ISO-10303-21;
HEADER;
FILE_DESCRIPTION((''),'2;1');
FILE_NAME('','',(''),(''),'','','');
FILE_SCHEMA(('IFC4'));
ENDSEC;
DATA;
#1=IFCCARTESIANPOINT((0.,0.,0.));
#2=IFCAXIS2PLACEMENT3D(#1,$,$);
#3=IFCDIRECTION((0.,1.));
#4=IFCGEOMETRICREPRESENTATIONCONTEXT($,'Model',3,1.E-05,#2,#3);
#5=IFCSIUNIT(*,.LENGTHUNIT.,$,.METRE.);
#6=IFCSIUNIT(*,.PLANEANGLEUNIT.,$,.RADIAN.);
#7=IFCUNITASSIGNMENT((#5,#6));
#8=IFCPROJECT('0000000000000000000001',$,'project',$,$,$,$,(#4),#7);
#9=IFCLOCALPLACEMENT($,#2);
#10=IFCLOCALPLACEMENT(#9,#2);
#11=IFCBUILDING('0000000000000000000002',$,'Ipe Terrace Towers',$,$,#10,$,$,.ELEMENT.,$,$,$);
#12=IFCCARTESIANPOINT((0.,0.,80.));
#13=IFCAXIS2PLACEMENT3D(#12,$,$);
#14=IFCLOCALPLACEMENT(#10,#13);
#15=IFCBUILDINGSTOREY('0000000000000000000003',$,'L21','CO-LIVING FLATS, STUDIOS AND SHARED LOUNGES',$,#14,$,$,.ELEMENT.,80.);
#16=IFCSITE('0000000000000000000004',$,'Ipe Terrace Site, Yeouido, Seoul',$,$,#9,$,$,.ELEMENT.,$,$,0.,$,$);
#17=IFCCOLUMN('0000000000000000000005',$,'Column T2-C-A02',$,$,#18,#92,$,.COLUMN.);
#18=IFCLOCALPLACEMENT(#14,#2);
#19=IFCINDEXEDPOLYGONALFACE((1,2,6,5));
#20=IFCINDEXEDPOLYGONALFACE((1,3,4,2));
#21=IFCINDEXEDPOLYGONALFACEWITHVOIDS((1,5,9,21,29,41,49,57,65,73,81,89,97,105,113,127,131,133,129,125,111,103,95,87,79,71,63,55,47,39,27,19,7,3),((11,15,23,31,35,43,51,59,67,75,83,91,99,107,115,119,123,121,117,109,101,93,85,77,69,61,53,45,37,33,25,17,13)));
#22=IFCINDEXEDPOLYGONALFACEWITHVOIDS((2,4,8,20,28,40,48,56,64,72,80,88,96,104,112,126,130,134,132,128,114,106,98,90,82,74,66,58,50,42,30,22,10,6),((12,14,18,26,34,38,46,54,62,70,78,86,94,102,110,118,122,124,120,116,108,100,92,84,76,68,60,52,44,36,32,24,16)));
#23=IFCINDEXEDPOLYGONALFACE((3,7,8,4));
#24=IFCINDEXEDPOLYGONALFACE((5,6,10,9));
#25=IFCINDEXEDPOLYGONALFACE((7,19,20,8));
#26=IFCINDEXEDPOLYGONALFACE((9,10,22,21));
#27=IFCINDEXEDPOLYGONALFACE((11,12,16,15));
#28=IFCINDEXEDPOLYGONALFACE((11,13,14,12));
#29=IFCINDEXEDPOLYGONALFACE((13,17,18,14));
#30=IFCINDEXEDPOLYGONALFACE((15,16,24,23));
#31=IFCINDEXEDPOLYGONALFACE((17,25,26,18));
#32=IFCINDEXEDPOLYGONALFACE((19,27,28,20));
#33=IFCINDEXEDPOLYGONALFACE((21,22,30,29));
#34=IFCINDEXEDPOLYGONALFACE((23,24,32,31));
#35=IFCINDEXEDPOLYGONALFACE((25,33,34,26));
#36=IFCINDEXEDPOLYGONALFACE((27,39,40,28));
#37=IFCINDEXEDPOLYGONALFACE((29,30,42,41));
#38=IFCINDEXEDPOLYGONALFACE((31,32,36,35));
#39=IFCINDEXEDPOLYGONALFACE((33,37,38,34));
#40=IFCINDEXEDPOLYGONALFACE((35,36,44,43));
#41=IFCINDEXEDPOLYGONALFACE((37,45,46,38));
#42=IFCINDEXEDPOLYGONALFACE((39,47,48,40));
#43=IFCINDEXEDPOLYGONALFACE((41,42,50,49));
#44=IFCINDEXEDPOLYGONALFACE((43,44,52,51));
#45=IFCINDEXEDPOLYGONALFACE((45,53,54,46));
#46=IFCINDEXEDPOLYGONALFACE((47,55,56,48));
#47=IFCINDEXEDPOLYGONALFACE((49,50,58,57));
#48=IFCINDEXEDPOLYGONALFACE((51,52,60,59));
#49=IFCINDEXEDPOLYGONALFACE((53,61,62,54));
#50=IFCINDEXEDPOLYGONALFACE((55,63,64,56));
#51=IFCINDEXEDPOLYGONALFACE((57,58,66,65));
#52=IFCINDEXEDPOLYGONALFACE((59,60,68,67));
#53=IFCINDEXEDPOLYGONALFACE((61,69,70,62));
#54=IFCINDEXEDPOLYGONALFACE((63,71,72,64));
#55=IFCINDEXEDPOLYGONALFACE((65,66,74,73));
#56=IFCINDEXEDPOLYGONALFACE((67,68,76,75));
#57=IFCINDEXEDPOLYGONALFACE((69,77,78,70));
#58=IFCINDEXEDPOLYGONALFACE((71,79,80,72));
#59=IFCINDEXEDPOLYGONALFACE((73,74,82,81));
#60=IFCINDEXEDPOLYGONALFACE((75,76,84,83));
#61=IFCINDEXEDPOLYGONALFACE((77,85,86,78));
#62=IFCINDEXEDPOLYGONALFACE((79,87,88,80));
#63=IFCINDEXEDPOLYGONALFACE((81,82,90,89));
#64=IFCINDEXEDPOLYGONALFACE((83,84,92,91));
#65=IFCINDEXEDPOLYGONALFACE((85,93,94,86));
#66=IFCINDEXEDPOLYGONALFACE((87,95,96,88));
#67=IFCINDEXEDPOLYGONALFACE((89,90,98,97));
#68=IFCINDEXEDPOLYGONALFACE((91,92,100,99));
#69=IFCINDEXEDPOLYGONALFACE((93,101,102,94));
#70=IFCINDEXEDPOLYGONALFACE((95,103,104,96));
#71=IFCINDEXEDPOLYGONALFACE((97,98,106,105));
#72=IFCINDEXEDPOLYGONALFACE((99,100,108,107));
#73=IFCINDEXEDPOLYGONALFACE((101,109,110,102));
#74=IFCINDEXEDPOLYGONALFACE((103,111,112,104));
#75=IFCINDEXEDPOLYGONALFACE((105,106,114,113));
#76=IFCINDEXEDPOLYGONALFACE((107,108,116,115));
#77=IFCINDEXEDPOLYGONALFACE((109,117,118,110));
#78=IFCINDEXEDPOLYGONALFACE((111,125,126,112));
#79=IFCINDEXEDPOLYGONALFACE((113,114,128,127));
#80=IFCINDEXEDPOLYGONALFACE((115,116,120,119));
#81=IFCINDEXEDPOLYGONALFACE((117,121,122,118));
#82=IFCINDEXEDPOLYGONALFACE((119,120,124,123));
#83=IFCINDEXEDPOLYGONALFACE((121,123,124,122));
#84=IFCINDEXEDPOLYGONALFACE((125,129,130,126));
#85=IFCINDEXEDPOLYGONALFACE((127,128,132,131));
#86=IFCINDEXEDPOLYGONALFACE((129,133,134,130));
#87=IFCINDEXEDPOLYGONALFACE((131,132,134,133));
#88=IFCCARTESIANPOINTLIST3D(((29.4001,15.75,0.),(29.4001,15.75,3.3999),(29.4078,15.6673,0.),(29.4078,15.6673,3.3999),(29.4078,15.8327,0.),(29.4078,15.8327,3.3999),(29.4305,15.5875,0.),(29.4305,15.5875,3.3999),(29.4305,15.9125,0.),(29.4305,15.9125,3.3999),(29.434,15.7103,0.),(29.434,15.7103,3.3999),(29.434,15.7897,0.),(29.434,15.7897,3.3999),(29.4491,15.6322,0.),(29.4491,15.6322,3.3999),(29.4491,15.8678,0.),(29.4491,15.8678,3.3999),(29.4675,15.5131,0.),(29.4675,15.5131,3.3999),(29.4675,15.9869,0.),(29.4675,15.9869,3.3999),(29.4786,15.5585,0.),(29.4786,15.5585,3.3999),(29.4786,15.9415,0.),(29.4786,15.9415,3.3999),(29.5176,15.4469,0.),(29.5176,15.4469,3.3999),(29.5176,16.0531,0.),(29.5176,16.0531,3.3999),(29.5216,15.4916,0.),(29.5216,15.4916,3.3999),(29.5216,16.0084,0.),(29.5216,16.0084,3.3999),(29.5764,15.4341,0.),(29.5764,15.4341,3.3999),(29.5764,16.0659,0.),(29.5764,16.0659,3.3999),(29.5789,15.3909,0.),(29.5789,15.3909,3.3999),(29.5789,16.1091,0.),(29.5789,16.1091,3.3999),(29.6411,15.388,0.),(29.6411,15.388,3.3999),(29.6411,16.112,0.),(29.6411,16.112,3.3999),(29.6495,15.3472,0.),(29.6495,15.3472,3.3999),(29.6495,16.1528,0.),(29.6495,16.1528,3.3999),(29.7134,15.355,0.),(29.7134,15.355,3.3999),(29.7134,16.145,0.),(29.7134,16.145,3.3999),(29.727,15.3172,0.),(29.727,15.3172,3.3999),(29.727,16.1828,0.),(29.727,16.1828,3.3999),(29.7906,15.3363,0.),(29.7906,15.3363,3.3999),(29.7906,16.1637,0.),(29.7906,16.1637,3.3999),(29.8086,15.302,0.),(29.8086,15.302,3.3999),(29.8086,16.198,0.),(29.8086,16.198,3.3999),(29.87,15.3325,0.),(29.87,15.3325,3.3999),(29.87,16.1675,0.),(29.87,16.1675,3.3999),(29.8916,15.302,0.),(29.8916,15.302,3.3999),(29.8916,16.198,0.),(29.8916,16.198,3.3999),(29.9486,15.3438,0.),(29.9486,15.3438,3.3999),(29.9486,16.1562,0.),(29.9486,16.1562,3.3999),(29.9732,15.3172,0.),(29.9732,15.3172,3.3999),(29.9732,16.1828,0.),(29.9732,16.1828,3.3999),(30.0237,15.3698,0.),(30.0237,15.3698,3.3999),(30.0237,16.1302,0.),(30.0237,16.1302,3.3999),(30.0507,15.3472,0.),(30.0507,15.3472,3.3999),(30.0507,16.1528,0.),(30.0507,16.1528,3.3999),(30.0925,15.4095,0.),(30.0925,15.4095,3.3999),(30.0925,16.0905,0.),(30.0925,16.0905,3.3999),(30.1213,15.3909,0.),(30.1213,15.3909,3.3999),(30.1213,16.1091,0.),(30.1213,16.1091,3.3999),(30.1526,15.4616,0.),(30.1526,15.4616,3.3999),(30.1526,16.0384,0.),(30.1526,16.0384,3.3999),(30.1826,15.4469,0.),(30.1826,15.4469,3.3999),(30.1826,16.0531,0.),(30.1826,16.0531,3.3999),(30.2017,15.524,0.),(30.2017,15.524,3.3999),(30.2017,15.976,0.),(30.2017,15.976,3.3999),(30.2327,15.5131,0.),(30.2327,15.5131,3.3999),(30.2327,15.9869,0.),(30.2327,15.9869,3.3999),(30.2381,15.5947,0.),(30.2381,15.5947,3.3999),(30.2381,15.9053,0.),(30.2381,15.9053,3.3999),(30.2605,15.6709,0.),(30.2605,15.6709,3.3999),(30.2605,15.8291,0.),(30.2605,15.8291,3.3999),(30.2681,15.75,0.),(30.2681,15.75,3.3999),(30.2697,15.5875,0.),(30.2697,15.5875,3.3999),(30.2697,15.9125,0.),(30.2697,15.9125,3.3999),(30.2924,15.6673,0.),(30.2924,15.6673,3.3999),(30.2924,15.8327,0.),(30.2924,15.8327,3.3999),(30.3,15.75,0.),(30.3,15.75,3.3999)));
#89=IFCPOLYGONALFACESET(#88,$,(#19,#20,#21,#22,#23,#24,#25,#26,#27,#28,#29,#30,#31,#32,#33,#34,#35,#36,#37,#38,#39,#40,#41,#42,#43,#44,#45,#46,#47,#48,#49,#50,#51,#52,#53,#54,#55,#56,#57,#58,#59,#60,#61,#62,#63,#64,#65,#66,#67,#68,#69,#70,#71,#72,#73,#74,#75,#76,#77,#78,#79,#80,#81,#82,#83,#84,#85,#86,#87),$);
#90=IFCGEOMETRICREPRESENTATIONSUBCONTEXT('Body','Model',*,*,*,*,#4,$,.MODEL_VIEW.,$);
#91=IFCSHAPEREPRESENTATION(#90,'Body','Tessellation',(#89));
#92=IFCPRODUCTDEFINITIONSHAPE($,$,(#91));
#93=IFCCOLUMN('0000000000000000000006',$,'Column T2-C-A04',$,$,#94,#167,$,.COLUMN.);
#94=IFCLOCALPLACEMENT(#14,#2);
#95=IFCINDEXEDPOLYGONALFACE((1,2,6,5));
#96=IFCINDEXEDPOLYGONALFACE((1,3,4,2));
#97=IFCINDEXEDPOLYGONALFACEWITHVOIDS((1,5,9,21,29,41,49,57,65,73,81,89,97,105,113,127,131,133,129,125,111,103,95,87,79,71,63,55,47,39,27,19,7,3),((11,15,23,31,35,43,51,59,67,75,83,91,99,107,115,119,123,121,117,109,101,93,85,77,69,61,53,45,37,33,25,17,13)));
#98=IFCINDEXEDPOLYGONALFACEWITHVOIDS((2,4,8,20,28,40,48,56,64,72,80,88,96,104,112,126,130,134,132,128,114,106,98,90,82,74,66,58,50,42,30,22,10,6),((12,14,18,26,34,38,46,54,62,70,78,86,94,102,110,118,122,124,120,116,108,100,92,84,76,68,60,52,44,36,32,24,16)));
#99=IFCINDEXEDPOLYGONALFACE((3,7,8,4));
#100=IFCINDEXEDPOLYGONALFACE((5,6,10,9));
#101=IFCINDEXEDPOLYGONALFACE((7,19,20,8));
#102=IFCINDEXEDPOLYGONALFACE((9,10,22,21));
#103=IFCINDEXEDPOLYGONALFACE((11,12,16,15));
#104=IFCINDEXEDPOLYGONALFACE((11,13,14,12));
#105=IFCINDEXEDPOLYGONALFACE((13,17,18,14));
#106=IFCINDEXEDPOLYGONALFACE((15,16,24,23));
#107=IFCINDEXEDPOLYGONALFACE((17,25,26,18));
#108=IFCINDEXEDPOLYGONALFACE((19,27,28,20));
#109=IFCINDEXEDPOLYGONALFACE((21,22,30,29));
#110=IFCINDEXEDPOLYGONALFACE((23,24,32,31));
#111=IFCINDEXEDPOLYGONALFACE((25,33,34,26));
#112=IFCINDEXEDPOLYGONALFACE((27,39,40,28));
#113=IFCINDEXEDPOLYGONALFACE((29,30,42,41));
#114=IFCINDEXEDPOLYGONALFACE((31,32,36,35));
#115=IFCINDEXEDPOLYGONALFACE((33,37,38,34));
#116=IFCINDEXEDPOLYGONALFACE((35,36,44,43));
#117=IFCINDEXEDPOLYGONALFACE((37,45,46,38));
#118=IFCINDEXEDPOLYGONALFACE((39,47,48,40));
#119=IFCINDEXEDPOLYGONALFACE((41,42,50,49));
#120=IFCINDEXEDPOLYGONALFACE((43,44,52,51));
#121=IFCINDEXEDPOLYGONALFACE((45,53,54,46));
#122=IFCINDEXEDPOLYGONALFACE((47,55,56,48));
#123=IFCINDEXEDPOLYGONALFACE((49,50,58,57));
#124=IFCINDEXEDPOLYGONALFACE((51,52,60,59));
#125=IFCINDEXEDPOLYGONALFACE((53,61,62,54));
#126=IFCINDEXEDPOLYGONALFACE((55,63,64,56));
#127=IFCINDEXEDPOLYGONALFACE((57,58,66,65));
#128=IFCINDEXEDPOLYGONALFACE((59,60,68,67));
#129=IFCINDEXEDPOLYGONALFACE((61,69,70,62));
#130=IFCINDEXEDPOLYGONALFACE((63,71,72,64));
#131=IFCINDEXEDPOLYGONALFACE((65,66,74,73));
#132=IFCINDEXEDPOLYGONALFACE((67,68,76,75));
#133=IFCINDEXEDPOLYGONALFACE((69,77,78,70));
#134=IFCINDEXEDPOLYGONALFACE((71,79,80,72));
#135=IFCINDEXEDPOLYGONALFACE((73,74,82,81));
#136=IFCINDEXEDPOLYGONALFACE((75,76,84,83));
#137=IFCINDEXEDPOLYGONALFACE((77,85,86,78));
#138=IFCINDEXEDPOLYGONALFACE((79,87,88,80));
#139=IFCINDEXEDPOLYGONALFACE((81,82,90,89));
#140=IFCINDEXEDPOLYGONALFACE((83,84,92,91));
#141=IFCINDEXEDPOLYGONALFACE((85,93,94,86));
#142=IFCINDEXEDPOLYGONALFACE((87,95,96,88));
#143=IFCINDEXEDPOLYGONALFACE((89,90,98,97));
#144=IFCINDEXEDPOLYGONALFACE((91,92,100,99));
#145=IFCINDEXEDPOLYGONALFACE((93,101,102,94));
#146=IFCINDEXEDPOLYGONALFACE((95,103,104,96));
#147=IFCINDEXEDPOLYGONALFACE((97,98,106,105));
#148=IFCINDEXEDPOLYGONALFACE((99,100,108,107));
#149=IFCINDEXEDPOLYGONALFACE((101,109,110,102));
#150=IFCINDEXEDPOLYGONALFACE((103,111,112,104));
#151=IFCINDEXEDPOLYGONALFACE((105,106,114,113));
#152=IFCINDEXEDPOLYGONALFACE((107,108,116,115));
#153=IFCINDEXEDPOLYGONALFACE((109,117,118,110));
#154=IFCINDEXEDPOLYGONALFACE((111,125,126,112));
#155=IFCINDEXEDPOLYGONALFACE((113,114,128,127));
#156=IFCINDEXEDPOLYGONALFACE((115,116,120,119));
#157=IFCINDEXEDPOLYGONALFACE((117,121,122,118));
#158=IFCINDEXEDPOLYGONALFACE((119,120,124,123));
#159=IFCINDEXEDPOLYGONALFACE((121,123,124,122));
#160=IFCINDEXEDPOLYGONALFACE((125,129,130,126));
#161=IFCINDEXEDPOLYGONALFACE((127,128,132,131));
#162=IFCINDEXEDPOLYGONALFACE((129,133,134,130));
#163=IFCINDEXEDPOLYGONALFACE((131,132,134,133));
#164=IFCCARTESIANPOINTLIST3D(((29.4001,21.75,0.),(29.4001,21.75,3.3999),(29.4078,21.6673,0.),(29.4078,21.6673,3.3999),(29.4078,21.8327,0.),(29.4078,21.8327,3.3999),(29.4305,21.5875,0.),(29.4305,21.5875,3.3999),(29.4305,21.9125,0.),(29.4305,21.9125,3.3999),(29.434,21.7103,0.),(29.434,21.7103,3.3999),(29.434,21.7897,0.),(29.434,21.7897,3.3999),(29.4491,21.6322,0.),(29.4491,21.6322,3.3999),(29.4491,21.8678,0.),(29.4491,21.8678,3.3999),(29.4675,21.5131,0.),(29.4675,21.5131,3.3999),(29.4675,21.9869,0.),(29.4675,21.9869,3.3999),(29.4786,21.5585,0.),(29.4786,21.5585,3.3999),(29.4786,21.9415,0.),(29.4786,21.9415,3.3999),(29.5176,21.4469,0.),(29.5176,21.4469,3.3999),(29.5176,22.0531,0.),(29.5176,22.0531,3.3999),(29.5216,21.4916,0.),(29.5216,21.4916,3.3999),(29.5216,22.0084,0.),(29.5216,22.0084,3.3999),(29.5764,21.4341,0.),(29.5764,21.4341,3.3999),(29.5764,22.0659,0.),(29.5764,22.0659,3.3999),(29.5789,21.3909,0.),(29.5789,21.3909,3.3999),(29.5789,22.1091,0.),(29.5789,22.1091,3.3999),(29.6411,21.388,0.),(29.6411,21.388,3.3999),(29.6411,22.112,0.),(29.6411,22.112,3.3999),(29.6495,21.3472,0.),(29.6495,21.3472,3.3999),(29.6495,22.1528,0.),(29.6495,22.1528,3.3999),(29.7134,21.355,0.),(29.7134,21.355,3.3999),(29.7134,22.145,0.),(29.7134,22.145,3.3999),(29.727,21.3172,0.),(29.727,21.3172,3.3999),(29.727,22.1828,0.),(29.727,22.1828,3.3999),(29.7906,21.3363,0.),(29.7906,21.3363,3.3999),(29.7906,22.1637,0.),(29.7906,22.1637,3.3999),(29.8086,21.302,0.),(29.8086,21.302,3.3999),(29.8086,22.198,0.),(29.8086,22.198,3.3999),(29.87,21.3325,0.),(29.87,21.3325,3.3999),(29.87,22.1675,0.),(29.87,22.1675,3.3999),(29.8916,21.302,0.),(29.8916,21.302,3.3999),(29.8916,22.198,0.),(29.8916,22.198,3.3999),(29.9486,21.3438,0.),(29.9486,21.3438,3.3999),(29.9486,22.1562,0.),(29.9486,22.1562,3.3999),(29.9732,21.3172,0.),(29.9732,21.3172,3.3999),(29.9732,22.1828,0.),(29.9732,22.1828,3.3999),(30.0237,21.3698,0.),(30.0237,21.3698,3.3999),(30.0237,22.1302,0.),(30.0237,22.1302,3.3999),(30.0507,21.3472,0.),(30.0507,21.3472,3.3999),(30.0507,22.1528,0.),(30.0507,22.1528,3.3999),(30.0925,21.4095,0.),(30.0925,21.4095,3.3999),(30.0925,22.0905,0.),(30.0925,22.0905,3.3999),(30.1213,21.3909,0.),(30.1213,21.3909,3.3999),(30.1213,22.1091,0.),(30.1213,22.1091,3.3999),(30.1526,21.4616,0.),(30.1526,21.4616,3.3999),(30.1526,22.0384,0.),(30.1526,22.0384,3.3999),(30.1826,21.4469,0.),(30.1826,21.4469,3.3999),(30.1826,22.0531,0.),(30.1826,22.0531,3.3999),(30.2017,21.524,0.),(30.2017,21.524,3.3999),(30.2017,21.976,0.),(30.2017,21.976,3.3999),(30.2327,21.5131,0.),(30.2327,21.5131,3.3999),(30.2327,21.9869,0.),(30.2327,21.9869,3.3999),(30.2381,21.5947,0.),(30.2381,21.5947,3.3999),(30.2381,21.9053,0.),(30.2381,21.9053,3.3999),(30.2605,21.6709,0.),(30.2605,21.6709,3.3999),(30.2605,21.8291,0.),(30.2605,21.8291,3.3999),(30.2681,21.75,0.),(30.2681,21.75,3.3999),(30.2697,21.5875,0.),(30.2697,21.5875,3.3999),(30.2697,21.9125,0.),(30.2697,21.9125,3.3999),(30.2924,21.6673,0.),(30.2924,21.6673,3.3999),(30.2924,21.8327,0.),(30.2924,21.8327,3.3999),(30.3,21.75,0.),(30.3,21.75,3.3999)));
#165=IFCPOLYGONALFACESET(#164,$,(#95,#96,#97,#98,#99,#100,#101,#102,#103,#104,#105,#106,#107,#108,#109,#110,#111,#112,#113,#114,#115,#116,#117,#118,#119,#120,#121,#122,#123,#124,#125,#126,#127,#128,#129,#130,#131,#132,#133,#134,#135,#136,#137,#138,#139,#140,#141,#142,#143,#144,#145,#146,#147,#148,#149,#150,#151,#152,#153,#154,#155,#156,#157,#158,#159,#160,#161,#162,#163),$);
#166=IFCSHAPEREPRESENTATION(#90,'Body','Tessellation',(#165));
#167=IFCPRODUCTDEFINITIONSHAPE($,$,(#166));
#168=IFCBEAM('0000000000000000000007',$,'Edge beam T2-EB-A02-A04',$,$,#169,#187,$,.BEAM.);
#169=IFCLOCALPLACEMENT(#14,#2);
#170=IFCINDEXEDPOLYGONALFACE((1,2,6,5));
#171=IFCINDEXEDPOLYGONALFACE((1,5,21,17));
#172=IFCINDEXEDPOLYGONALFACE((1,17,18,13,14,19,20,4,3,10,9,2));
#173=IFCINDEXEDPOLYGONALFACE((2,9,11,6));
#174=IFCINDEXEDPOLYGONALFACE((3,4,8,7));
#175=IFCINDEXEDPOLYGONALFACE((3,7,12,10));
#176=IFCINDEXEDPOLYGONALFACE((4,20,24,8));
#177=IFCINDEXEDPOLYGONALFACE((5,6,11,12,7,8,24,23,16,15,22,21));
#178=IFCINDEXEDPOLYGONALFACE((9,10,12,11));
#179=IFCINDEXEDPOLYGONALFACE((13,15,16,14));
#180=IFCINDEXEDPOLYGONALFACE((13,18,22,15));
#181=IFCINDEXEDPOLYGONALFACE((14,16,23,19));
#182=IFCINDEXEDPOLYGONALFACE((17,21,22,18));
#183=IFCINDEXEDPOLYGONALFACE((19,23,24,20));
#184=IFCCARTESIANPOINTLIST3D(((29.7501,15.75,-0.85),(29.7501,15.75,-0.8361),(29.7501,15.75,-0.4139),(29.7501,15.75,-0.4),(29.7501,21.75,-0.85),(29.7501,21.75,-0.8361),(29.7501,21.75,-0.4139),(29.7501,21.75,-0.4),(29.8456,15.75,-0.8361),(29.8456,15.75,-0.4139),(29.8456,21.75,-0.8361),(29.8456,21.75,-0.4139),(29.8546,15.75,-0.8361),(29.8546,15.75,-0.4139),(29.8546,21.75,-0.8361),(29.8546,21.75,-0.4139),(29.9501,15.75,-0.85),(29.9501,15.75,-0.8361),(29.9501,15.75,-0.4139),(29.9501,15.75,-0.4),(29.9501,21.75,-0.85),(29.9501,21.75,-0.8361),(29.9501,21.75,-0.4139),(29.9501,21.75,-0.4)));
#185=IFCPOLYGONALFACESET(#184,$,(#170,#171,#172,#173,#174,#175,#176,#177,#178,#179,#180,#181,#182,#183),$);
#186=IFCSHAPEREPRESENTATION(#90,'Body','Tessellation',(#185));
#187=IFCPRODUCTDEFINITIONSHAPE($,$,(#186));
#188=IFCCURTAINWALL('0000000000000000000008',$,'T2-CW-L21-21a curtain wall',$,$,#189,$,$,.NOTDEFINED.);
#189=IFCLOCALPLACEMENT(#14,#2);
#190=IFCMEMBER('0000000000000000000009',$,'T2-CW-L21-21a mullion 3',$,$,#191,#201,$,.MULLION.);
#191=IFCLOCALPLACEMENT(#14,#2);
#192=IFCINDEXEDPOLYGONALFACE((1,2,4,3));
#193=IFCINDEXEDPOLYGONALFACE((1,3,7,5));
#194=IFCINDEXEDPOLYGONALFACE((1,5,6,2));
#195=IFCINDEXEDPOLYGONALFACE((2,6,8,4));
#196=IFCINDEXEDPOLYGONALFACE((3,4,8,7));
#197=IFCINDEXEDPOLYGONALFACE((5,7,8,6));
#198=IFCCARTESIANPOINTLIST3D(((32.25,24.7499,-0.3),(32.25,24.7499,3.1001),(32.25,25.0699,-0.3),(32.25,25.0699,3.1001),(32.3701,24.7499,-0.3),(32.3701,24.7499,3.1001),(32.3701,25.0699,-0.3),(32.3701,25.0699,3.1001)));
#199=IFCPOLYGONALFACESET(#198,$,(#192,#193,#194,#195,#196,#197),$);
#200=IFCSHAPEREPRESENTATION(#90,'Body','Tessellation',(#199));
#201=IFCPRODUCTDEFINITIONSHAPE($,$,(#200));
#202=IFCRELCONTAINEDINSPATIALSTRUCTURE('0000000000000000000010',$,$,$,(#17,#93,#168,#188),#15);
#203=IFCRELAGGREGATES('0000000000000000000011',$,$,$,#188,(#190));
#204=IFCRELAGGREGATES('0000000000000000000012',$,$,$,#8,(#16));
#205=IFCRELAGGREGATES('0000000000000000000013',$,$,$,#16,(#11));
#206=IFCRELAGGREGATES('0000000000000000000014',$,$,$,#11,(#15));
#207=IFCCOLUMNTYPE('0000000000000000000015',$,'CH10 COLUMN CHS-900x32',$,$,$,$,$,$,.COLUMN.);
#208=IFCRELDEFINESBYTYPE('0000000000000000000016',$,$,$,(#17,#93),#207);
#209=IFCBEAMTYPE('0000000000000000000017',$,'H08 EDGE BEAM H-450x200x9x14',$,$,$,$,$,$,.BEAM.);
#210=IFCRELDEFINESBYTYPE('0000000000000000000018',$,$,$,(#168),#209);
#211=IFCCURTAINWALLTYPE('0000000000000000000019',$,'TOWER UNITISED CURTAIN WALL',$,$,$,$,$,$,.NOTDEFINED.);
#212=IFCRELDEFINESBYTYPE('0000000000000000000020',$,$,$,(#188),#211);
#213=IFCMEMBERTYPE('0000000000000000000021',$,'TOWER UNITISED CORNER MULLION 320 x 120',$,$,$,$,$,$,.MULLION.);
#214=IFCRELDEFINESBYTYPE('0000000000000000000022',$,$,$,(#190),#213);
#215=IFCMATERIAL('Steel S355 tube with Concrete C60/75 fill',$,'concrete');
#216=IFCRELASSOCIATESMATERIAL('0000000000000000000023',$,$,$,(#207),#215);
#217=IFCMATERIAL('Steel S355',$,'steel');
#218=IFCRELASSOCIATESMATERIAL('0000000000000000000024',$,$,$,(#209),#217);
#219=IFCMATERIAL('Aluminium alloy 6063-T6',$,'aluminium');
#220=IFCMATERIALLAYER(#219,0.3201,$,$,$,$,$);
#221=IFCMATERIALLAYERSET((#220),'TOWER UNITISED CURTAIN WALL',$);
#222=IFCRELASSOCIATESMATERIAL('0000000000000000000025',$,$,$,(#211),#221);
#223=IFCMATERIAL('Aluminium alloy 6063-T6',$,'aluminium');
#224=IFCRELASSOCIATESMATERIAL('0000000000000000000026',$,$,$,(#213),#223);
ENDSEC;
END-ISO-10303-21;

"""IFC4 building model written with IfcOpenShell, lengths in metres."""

from ifc_helpers import new_model, si_unit, direction, frame, origin, origin_2d, place, context, subcontext, project, spatial, rectangle, hollow_circle, i_section, extrude, material, layer, layer_set, material_profile, profile_set, type_object, element, aggregate, save


model = new_model("IFC4")

# Units and contexts
model_context = context("Model", 3, precision=1e-05, world=origin(), true_north=direction((0.0, 1.0)))
body_context = subcontext(model_context, "Body", "Model", "MODEL_VIEW")
ifc_project = project(units=[si_unit("LENGTHUNIT", "METRE"), si_unit("PLANEANGLEUNIT", "RADIAN")], contexts=[model_context])

# Site, building, storey
site_placement = place(None, origin())
site = spatial("IfcSite", under=ifc_project, at=site_placement, Name="Ipe Terrace Site, Yeouido, Seoul", CompositionType="ELEMENT", RefElevation=0.0)
building_placement = place(site_placement, origin())
building = spatial("IfcBuilding", under=site, at=building_placement, Name="Ipe Terrace Towers", CompositionType="ELEMENT")
storey_placement = place(building_placement, frame((0.0, 0.0, 80.0)))
storey = spatial("IfcBuildingStorey", under=building, at=storey_placement, Name="L21", Description="CO-LIVING FLATS, STUDIOS AND SHARED LOUNGES", CompositionType="ELEMENT", Elevation=80.0)

# Columns
ifc_material_1 = material(Name="Steel S355 tube with Concrete C60/75 fill", Category="concrete")
ifc_material_profile_1 = material_profile(ifc_material_1, hollow_circle(Radius=0.45, WallThickness=0.032, at=origin_2d()), Name="CHS-900x32")
ifc_profile_set_1 = profile_set([ifc_material_profile_1], Name="Steel S355 tube with Concrete C60/75 fill")
column_type = type_object("IfcColumnType", Name="CH10 COLUMN CHS-900x32", PredefinedType="COLUMN", material=ifc_profile_set_1)
for number, where, z_axis, x_axis, name in (
    (1, (29.8501, 15.75, 0.0), (0.0, 0.0, 1.0), (1.0, 0.0, 0.0), "Column T2-C-A02"),
    (2, (29.8501, 21.75, 0.0), (0.0, 0.0, 1.0), (1.0, 0.0, 0.0), "Column T2-C-A04"),
):
    element("IfcColumn", number, at=place(storey_placement, frame(where, z_axis=z_axis, x_axis=x_axis)), inside=storey, type_object=column_type, Name=name, PredefinedType="COLUMN", context=body_context, shape_type="SweptSolid", body=[
        extrude(hollow_circle(Radius=0.45, WallThickness=0.032, at=origin_2d()), origin(), (0.0, 0.0, 1.0), 3.3999),
    ])

# Beam
ifc_material_2 = material(Name="Steel S355", Category="steel")
ifc_material_profile_2 = material_profile(ifc_material_2, i_section(OverallWidth=0.2, OverallDepth=0.45, WebThickness=0.009, FlangeThickness=0.0139, at=origin_2d()), Name="H-450x200x9x14")
ifc_profile_set_2 = profile_set([ifc_material_profile_2], Name="Steel S355")
beam_type = type_object("IfcBeamType", Name="H08 EDGE BEAM H-450x200x9x14", PredefinedType="BEAM", material=ifc_profile_set_2)
beam_placement = place(storey_placement, frame((29.8501, 15.75, -0.625), z_axis=(0.0, 1.0, 0.0), x_axis=(-1.0, 0.0, 0.0)))
element("IfcBeam", 3, at=beam_placement, inside=storey, type_object=beam_type, Name="Edge beam T2-EB-A02-A04", PredefinedType="BEAM", context=body_context, shape_type="SweptSolid", body=[
    extrude(i_section(OverallWidth=0.2, OverallDepth=0.45, WebThickness=0.009, FlangeThickness=0.0139, at=origin_2d()), origin(), (0.0, 0.0, 1.0), 6.0),
])

# Curtain wall, member
ifc_material_3 = material(Name="Aluminium alloy 6063-T6", Category="aluminium")
ifc_layer_1 = layer(ifc_material_3, 0.3201)
ifc_layer_set_1 = layer_set([ifc_layer_1], Name="TOWER UNITISED CURTAIN WALL")
curtain_wall_type = type_object("IfcCurtainWallType", Name="TOWER UNITISED CURTAIN WALL", PredefinedType="NOTDEFINED", material=ifc_layer_set_1)
curtain_wall_1_placement = place(storey_placement, origin())
curtain_wall_1 = element("IfcCurtainWall", 4, at=curtain_wall_1_placement, inside=storey, type_object=curtain_wall_type, Name="T2-CW-L21-21a curtain wall", PredefinedType="NOTDEFINED")
ifc_material_4 = material(Name="Aluminium alloy 6063-T6", Category="aluminium")
ifc_material_profile_3 = material_profile(ifc_material_4, rectangle(XDim=0.3201, YDim=0.1201, at=origin_2d()), Name="TOWER UNITISED CORNER MULLION 320 x 120")
ifc_profile_set_3 = profile_set([ifc_material_profile_3], Name="Aluminium alloy 6063-T6")
member_type = type_object("IfcMemberType", Name="TOWER UNITISED CORNER MULLION 320 x 120", PredefinedType="MULLION", material=ifc_profile_set_3)
member_1_placement = place(storey_placement, frame((32.3101, 24.9099, -0.3), z_axis=(0.0, 0.0, 1.0), x_axis=(0.0, 1.0, 0.0)))
member_1 = element("IfcMember", 5, at=member_1_placement, type_object=member_type, Name="T2-CW-L21-21a mullion 3", PredefinedType="MULLION", context=body_context, shape_type="SweptSolid", body=[
    extrude(rectangle(XDim=0.3201, YDim=0.1201, at=origin_2d()), origin(), (0.0, 0.0, 1.0), 3.4001),
])

aggregate(curtain_wall_1, [member_1])

save(model, "model.ifc")
